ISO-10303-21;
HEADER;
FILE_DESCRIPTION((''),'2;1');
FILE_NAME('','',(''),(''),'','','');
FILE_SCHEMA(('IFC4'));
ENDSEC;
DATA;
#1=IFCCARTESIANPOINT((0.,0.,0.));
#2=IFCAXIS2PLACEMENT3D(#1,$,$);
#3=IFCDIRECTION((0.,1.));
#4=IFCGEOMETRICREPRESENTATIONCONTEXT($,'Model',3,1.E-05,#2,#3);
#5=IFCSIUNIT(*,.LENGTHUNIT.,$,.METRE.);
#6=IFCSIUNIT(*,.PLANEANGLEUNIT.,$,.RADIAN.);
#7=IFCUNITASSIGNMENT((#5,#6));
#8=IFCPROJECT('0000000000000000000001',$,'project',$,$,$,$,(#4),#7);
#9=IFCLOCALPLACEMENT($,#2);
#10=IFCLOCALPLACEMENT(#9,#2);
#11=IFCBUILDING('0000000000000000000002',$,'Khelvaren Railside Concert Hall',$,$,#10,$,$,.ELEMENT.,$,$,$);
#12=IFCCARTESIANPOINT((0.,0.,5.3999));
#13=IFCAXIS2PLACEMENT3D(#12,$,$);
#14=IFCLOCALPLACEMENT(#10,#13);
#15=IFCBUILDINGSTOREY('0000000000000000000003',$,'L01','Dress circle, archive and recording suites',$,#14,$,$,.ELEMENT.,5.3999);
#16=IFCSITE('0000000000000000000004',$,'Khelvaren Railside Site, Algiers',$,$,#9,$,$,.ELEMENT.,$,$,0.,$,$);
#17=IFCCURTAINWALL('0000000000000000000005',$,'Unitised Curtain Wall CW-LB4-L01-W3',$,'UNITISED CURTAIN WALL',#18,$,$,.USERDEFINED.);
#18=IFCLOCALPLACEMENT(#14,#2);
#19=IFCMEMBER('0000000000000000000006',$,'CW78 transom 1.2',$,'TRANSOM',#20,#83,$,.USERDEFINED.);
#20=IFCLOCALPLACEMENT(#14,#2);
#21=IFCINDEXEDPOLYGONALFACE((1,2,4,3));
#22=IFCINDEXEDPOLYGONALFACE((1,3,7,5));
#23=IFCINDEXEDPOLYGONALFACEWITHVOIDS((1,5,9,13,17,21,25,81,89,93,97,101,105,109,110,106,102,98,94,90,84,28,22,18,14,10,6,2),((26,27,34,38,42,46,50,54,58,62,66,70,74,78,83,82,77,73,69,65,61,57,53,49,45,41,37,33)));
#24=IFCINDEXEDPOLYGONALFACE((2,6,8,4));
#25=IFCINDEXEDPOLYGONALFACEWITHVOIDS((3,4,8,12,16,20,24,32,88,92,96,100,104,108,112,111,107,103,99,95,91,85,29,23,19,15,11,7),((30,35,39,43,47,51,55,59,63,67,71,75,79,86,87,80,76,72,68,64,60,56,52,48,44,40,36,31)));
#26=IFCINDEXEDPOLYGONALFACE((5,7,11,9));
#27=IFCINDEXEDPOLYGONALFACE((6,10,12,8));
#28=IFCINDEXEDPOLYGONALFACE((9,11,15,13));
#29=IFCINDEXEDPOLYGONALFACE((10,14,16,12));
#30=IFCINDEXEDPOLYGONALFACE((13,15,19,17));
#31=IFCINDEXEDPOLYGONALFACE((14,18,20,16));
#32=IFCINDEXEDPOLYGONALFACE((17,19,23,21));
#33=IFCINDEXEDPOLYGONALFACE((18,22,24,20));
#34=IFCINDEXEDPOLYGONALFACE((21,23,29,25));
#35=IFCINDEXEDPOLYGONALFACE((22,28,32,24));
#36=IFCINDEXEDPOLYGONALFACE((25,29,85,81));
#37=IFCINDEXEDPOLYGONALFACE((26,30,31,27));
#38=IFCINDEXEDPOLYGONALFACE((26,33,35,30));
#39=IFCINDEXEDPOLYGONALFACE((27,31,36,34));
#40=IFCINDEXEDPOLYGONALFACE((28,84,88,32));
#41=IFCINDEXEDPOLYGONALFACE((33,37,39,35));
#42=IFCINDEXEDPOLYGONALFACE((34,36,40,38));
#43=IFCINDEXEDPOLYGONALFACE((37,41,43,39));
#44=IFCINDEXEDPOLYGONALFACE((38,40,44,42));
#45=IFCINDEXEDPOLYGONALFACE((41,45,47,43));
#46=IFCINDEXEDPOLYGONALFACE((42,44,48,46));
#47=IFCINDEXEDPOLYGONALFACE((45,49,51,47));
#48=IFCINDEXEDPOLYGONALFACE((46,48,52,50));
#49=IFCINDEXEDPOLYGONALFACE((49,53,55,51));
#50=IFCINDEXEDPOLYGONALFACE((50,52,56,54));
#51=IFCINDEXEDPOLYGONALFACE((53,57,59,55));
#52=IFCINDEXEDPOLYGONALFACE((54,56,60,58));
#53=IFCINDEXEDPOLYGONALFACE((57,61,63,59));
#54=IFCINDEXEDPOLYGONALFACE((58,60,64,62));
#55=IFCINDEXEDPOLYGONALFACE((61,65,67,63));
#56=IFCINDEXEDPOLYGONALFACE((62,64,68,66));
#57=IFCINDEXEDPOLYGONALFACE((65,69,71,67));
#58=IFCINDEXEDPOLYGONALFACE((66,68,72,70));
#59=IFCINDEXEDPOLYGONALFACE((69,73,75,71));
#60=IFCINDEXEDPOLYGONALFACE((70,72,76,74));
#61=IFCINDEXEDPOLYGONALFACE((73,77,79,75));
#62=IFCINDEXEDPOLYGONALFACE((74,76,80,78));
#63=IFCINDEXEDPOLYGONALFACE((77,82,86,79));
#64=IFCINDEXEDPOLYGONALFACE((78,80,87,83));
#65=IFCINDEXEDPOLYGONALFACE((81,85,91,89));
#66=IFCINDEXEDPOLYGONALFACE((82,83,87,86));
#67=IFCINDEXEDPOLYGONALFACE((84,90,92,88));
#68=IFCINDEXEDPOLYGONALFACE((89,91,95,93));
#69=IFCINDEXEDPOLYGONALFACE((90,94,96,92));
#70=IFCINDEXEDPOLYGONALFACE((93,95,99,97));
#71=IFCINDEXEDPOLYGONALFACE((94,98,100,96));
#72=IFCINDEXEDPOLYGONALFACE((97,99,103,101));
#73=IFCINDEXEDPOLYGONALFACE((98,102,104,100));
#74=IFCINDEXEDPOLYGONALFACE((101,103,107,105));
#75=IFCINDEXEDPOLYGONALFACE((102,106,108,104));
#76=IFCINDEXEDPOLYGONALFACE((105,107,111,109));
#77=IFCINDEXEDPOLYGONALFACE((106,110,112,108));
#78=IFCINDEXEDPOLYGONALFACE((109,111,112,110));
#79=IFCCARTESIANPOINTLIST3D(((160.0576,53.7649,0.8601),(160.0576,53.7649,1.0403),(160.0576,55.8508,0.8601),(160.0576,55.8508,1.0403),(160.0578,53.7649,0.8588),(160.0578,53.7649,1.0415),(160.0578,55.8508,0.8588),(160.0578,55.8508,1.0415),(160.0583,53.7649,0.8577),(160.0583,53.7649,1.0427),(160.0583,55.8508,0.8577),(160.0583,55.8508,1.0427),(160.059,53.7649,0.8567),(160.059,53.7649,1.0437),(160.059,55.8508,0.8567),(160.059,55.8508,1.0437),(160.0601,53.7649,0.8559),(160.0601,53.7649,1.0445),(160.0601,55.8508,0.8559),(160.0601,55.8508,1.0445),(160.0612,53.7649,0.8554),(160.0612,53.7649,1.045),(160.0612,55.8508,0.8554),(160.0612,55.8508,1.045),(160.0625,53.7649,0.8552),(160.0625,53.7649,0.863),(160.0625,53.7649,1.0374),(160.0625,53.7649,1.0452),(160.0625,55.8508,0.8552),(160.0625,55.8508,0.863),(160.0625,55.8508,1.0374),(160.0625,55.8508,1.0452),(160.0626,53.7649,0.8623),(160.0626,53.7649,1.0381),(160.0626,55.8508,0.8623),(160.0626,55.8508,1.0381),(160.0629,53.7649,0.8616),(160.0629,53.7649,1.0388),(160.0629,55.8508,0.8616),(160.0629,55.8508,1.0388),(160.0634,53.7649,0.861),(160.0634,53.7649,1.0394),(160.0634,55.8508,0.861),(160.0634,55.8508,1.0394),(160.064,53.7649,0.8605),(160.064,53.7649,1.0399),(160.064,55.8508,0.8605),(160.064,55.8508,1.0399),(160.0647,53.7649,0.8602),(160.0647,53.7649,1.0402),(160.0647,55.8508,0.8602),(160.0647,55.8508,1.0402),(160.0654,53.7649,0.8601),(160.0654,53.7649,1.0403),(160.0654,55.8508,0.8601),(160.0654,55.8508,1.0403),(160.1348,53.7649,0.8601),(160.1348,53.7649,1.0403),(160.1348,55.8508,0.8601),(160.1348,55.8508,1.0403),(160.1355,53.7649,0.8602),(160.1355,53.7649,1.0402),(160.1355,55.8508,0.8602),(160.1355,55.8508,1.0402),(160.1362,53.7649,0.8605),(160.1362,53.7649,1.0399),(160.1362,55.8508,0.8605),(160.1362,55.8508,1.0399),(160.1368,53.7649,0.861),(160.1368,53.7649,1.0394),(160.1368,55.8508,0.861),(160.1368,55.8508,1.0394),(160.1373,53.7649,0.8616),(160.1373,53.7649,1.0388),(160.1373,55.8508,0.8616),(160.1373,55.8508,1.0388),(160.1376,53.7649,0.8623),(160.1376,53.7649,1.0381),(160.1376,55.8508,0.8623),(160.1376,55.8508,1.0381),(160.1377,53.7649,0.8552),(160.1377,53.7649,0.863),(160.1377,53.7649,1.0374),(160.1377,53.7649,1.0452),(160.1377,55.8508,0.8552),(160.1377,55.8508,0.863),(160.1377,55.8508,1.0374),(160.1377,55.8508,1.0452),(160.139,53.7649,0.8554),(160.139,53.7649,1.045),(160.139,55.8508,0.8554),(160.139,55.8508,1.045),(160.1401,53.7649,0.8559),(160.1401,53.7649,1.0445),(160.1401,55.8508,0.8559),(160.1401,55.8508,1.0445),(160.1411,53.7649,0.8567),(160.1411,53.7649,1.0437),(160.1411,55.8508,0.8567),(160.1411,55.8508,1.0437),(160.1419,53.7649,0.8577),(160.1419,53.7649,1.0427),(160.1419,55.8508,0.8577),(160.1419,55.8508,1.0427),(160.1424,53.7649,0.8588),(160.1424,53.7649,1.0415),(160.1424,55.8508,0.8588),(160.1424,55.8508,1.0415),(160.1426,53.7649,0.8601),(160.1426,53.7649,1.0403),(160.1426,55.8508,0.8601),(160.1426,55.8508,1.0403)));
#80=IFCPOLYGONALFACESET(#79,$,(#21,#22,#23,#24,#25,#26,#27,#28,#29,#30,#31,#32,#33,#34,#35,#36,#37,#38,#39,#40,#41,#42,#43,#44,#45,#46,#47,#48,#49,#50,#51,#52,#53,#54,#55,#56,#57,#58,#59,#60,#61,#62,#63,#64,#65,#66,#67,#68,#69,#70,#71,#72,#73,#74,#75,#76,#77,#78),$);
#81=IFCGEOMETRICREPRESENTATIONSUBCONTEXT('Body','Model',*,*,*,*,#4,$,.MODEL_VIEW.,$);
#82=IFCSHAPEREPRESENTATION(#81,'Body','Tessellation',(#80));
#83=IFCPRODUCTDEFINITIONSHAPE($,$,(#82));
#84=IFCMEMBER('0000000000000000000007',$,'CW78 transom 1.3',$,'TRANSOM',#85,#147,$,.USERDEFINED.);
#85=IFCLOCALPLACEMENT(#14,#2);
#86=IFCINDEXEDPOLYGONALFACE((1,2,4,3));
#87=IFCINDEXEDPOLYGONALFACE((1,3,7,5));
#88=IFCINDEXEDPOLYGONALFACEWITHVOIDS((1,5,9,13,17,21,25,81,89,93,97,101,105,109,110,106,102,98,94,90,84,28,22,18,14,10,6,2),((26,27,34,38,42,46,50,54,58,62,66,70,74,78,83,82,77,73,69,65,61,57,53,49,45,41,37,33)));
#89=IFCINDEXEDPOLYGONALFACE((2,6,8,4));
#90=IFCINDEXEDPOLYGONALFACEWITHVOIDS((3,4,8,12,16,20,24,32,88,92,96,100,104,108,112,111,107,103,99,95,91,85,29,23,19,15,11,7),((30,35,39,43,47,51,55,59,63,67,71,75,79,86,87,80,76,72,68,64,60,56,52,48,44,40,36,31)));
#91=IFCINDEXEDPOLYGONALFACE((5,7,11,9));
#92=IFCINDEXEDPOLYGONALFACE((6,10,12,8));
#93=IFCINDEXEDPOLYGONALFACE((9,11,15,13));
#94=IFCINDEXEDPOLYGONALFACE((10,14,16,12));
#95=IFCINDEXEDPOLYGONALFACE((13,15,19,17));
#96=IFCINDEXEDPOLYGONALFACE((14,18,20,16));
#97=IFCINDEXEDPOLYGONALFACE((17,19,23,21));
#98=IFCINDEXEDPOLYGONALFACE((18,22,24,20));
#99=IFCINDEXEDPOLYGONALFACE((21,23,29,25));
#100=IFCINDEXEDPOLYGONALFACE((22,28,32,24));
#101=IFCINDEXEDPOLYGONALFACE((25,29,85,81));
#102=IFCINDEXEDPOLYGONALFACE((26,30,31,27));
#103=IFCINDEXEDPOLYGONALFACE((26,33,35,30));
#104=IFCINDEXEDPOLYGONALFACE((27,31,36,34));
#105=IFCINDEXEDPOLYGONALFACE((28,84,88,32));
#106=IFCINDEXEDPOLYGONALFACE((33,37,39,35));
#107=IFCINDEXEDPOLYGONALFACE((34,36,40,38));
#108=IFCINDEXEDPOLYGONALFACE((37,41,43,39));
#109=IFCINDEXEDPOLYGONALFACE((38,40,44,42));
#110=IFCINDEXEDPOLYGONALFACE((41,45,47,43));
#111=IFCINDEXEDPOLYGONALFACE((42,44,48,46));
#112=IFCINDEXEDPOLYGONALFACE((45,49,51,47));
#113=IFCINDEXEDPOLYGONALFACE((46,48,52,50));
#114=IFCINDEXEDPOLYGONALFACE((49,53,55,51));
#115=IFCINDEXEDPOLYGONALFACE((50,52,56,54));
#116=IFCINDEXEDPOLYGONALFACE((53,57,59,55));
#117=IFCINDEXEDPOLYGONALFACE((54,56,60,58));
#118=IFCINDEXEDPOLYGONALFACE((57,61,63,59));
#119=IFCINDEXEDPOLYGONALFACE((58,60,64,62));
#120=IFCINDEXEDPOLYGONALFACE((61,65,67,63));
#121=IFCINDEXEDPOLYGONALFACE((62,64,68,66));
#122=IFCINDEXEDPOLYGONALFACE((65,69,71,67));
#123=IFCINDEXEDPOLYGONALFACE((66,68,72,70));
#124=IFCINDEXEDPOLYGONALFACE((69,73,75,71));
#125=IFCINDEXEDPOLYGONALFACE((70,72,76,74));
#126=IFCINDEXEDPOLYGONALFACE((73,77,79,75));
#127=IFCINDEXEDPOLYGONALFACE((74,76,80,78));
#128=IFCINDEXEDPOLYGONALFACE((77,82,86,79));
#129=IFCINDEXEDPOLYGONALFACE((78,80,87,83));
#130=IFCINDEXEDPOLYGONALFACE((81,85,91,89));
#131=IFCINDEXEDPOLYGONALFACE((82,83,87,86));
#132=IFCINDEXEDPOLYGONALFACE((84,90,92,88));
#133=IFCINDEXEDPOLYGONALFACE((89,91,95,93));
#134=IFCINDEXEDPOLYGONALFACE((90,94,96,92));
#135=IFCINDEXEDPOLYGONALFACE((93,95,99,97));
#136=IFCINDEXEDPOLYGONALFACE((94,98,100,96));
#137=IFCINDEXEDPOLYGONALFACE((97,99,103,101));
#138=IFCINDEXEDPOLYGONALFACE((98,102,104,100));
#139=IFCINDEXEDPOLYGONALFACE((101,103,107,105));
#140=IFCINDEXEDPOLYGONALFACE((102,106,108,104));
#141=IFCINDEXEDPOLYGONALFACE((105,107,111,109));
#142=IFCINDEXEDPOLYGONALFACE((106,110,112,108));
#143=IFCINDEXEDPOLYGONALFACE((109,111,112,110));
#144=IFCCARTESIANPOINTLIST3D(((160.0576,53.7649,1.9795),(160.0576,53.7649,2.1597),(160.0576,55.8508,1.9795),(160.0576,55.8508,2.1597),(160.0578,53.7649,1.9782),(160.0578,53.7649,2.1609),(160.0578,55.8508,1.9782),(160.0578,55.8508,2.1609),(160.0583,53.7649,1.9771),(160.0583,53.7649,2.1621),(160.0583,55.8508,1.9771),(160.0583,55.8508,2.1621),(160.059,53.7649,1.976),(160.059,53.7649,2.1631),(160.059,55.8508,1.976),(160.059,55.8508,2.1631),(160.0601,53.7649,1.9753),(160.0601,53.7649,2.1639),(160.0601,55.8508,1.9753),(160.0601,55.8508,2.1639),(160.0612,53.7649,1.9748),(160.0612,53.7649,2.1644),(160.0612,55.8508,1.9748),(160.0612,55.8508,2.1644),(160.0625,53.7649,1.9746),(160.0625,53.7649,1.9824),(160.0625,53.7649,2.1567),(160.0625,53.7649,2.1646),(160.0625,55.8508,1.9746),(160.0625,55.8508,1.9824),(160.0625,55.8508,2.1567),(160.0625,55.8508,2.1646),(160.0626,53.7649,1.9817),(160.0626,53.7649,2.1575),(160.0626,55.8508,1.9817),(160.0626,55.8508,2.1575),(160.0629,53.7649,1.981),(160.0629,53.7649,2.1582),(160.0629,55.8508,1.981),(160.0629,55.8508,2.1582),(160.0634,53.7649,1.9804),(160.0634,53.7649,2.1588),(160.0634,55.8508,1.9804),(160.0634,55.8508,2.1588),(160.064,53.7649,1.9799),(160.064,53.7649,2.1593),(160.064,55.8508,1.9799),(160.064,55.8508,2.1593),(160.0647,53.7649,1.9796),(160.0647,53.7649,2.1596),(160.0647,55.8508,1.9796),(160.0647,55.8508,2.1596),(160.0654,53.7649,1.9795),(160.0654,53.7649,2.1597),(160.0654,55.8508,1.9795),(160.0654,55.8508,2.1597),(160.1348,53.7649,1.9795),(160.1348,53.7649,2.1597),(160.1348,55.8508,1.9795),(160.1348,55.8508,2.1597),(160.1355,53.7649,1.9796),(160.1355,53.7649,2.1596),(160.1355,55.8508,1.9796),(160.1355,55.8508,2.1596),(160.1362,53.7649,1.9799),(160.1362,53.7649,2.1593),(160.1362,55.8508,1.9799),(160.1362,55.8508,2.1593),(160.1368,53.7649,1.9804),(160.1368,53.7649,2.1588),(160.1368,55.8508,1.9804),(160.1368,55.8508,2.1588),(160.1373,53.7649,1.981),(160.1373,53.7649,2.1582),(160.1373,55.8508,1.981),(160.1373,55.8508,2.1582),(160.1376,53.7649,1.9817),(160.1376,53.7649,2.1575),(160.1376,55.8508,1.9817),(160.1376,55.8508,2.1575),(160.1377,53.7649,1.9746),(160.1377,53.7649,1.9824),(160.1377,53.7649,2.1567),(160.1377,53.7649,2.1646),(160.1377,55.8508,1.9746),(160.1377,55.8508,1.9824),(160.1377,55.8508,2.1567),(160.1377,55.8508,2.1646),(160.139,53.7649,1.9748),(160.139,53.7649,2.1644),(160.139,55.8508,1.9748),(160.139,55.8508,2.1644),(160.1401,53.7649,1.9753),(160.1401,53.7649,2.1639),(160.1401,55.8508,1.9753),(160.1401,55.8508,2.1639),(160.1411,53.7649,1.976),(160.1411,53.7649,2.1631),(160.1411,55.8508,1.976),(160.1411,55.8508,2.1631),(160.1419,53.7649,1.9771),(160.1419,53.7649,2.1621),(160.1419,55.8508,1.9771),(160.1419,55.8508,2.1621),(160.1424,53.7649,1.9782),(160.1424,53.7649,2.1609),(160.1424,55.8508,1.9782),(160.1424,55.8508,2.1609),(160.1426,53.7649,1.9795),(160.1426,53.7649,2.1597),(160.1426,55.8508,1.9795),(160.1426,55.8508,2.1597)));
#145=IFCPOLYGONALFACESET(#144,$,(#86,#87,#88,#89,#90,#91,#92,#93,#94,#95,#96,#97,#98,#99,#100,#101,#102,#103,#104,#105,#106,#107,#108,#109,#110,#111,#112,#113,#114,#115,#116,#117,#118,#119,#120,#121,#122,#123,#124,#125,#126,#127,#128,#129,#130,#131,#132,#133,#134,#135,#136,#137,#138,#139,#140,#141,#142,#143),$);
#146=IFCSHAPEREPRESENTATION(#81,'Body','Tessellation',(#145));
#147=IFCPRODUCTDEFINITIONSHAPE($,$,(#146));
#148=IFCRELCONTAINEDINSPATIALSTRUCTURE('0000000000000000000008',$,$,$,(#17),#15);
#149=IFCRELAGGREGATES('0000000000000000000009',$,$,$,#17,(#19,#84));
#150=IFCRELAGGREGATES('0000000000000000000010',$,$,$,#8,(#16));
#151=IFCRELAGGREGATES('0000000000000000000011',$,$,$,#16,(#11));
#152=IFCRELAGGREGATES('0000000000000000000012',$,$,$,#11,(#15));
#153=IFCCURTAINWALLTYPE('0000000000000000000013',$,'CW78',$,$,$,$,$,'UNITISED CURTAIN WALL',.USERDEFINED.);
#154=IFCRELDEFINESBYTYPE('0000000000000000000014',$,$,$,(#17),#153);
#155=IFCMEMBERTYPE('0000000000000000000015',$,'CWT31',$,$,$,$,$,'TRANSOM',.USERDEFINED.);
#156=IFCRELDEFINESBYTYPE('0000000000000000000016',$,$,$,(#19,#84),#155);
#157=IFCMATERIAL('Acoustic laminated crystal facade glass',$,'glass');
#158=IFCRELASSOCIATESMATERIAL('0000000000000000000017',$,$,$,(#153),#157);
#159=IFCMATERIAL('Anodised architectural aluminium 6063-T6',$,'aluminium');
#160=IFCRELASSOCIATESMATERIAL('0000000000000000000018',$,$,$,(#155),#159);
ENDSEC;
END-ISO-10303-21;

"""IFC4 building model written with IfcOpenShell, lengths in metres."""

from ifc_helpers import new_model, si_unit, direction, frame, origin, origin_2d, place, context, subcontext, project, spatial, hollow_rectangle, extrude, material, material_profile, profile_set, type_object, element, aggregate, save


model = new_model("IFC4")

# Units and contexts
model_context = context("Model", 3, precision=1e-05, world=origin(), true_north=direction((0.0, 1.0)))
body_context = subcontext(model_context, "Body", "Model", "MODEL_VIEW")
ifc_project = project(units=[si_unit("LENGTHUNIT", "METRE"), si_unit("PLANEANGLEUNIT", "RADIAN")], contexts=[model_context])

# Site, building, storey
site_placement = place(None, origin())
site = spatial("IfcSite", under=ifc_project, at=site_placement, Name="Khelvaren Railside Site, Algiers", CompositionType="ELEMENT", RefElevation=0.0)
building_placement = place(site_placement, origin())
building = spatial("IfcBuilding", under=site, at=building_placement, Name="Khelvaren Railside Concert Hall", CompositionType="ELEMENT")
storey_placement = place(building_placement, frame((0.0, 0.0, 5.3999)))
storey = spatial("IfcBuildingStorey", under=building, at=storey_placement, Name="L01", Description="Dress circle, archive and recording suites", CompositionType="ELEMENT", Elevation=5.3999)

# Curtain wall, members
ifc_material_1 = material(Name="Acoustic laminated crystal facade glass", Category="glass")
curtain_wall_type = type_object("IfcCurtainWallType", Name="CW78", ElementType="UNITISED CURTAIN WALL", PredefinedType="USERDEFINED", material=ifc_material_1)
curtain_wall_placement = place(storey_placement, origin())
curtain_wall = element("IfcCurtainWall", 1, at=curtain_wall_placement, inside=storey, type_object=curtain_wall_type, Name="Unitised Curtain Wall CW-LB4-L01-W3", ObjectType="UNITISED CURTAIN WALL", PredefinedType="USERDEFINED")
ifc_material_2 = material(Name="Anodised architectural aluminium 6063-T6", Category="aluminium")
ifc_material_profile_1 = material_profile(ifc_material_2, hollow_rectangle(XDim=0.085, YDim=0.1899, WallThickness=0.0049, InnerFilletRadius=0.0029, OuterFilletRadius=0.0049, at=origin_2d()), Name="CWT 85x190x5")
ifc_profile_set_1 = profile_set([ifc_material_profile_1], Name="Anodised architectural aluminium 6063-T6")
member_type_1 = type_object("IfcMemberType", Name="CWT31", ElementType="TRANSOM", PredefinedType="USERDEFINED", material=ifc_profile_set_1)
member_1_placement = place(storey_placement, frame((160.1001, 53.7649, 0.9502), z_axis=(0.0, 1.0, 0.0), x_axis=(-1.0, 0.0, 0.0)))
member_1 = element("IfcMember", 2, at=member_1_placement, type_object=member_type_1, Name="CW78 transom 1.2", ObjectType="TRANSOM", PredefinedType="USERDEFINED", context=body_context, shape_type="SweptSolid", body=[
    extrude(hollow_rectangle(XDim=0.085, YDim=0.1899, WallThickness=0.0049, InnerFilletRadius=0.0029, OuterFilletRadius=0.0049, at=origin_2d()), origin(), (0.0, 0.0, 1.0), 2.0859),
])
member_2_placement = place(storey_placement, frame((160.1001, 53.7649, 2.0696), z_axis=(0.0, 1.0, 0.0), x_axis=(-1.0, 0.0, 0.0)))
member_2 = element("IfcMember", 3, at=member_2_placement, type_object=member_type_1, Name="CW78 transom 1.3", ObjectType="TRANSOM", PredefinedType="USERDEFINED", context=body_context, shape_type="SweptSolid", body=[
    extrude(hollow_rectangle(XDim=0.085, YDim=0.1899, WallThickness=0.0049, InnerFilletRadius=0.0029, OuterFilletRadius=0.0049, at=origin_2d()), origin(), (0.0, 0.0, 1.0), 2.0859),
])

aggregate(curtain_wall, [member_1, member_2])

save(model, "model.ifc")
